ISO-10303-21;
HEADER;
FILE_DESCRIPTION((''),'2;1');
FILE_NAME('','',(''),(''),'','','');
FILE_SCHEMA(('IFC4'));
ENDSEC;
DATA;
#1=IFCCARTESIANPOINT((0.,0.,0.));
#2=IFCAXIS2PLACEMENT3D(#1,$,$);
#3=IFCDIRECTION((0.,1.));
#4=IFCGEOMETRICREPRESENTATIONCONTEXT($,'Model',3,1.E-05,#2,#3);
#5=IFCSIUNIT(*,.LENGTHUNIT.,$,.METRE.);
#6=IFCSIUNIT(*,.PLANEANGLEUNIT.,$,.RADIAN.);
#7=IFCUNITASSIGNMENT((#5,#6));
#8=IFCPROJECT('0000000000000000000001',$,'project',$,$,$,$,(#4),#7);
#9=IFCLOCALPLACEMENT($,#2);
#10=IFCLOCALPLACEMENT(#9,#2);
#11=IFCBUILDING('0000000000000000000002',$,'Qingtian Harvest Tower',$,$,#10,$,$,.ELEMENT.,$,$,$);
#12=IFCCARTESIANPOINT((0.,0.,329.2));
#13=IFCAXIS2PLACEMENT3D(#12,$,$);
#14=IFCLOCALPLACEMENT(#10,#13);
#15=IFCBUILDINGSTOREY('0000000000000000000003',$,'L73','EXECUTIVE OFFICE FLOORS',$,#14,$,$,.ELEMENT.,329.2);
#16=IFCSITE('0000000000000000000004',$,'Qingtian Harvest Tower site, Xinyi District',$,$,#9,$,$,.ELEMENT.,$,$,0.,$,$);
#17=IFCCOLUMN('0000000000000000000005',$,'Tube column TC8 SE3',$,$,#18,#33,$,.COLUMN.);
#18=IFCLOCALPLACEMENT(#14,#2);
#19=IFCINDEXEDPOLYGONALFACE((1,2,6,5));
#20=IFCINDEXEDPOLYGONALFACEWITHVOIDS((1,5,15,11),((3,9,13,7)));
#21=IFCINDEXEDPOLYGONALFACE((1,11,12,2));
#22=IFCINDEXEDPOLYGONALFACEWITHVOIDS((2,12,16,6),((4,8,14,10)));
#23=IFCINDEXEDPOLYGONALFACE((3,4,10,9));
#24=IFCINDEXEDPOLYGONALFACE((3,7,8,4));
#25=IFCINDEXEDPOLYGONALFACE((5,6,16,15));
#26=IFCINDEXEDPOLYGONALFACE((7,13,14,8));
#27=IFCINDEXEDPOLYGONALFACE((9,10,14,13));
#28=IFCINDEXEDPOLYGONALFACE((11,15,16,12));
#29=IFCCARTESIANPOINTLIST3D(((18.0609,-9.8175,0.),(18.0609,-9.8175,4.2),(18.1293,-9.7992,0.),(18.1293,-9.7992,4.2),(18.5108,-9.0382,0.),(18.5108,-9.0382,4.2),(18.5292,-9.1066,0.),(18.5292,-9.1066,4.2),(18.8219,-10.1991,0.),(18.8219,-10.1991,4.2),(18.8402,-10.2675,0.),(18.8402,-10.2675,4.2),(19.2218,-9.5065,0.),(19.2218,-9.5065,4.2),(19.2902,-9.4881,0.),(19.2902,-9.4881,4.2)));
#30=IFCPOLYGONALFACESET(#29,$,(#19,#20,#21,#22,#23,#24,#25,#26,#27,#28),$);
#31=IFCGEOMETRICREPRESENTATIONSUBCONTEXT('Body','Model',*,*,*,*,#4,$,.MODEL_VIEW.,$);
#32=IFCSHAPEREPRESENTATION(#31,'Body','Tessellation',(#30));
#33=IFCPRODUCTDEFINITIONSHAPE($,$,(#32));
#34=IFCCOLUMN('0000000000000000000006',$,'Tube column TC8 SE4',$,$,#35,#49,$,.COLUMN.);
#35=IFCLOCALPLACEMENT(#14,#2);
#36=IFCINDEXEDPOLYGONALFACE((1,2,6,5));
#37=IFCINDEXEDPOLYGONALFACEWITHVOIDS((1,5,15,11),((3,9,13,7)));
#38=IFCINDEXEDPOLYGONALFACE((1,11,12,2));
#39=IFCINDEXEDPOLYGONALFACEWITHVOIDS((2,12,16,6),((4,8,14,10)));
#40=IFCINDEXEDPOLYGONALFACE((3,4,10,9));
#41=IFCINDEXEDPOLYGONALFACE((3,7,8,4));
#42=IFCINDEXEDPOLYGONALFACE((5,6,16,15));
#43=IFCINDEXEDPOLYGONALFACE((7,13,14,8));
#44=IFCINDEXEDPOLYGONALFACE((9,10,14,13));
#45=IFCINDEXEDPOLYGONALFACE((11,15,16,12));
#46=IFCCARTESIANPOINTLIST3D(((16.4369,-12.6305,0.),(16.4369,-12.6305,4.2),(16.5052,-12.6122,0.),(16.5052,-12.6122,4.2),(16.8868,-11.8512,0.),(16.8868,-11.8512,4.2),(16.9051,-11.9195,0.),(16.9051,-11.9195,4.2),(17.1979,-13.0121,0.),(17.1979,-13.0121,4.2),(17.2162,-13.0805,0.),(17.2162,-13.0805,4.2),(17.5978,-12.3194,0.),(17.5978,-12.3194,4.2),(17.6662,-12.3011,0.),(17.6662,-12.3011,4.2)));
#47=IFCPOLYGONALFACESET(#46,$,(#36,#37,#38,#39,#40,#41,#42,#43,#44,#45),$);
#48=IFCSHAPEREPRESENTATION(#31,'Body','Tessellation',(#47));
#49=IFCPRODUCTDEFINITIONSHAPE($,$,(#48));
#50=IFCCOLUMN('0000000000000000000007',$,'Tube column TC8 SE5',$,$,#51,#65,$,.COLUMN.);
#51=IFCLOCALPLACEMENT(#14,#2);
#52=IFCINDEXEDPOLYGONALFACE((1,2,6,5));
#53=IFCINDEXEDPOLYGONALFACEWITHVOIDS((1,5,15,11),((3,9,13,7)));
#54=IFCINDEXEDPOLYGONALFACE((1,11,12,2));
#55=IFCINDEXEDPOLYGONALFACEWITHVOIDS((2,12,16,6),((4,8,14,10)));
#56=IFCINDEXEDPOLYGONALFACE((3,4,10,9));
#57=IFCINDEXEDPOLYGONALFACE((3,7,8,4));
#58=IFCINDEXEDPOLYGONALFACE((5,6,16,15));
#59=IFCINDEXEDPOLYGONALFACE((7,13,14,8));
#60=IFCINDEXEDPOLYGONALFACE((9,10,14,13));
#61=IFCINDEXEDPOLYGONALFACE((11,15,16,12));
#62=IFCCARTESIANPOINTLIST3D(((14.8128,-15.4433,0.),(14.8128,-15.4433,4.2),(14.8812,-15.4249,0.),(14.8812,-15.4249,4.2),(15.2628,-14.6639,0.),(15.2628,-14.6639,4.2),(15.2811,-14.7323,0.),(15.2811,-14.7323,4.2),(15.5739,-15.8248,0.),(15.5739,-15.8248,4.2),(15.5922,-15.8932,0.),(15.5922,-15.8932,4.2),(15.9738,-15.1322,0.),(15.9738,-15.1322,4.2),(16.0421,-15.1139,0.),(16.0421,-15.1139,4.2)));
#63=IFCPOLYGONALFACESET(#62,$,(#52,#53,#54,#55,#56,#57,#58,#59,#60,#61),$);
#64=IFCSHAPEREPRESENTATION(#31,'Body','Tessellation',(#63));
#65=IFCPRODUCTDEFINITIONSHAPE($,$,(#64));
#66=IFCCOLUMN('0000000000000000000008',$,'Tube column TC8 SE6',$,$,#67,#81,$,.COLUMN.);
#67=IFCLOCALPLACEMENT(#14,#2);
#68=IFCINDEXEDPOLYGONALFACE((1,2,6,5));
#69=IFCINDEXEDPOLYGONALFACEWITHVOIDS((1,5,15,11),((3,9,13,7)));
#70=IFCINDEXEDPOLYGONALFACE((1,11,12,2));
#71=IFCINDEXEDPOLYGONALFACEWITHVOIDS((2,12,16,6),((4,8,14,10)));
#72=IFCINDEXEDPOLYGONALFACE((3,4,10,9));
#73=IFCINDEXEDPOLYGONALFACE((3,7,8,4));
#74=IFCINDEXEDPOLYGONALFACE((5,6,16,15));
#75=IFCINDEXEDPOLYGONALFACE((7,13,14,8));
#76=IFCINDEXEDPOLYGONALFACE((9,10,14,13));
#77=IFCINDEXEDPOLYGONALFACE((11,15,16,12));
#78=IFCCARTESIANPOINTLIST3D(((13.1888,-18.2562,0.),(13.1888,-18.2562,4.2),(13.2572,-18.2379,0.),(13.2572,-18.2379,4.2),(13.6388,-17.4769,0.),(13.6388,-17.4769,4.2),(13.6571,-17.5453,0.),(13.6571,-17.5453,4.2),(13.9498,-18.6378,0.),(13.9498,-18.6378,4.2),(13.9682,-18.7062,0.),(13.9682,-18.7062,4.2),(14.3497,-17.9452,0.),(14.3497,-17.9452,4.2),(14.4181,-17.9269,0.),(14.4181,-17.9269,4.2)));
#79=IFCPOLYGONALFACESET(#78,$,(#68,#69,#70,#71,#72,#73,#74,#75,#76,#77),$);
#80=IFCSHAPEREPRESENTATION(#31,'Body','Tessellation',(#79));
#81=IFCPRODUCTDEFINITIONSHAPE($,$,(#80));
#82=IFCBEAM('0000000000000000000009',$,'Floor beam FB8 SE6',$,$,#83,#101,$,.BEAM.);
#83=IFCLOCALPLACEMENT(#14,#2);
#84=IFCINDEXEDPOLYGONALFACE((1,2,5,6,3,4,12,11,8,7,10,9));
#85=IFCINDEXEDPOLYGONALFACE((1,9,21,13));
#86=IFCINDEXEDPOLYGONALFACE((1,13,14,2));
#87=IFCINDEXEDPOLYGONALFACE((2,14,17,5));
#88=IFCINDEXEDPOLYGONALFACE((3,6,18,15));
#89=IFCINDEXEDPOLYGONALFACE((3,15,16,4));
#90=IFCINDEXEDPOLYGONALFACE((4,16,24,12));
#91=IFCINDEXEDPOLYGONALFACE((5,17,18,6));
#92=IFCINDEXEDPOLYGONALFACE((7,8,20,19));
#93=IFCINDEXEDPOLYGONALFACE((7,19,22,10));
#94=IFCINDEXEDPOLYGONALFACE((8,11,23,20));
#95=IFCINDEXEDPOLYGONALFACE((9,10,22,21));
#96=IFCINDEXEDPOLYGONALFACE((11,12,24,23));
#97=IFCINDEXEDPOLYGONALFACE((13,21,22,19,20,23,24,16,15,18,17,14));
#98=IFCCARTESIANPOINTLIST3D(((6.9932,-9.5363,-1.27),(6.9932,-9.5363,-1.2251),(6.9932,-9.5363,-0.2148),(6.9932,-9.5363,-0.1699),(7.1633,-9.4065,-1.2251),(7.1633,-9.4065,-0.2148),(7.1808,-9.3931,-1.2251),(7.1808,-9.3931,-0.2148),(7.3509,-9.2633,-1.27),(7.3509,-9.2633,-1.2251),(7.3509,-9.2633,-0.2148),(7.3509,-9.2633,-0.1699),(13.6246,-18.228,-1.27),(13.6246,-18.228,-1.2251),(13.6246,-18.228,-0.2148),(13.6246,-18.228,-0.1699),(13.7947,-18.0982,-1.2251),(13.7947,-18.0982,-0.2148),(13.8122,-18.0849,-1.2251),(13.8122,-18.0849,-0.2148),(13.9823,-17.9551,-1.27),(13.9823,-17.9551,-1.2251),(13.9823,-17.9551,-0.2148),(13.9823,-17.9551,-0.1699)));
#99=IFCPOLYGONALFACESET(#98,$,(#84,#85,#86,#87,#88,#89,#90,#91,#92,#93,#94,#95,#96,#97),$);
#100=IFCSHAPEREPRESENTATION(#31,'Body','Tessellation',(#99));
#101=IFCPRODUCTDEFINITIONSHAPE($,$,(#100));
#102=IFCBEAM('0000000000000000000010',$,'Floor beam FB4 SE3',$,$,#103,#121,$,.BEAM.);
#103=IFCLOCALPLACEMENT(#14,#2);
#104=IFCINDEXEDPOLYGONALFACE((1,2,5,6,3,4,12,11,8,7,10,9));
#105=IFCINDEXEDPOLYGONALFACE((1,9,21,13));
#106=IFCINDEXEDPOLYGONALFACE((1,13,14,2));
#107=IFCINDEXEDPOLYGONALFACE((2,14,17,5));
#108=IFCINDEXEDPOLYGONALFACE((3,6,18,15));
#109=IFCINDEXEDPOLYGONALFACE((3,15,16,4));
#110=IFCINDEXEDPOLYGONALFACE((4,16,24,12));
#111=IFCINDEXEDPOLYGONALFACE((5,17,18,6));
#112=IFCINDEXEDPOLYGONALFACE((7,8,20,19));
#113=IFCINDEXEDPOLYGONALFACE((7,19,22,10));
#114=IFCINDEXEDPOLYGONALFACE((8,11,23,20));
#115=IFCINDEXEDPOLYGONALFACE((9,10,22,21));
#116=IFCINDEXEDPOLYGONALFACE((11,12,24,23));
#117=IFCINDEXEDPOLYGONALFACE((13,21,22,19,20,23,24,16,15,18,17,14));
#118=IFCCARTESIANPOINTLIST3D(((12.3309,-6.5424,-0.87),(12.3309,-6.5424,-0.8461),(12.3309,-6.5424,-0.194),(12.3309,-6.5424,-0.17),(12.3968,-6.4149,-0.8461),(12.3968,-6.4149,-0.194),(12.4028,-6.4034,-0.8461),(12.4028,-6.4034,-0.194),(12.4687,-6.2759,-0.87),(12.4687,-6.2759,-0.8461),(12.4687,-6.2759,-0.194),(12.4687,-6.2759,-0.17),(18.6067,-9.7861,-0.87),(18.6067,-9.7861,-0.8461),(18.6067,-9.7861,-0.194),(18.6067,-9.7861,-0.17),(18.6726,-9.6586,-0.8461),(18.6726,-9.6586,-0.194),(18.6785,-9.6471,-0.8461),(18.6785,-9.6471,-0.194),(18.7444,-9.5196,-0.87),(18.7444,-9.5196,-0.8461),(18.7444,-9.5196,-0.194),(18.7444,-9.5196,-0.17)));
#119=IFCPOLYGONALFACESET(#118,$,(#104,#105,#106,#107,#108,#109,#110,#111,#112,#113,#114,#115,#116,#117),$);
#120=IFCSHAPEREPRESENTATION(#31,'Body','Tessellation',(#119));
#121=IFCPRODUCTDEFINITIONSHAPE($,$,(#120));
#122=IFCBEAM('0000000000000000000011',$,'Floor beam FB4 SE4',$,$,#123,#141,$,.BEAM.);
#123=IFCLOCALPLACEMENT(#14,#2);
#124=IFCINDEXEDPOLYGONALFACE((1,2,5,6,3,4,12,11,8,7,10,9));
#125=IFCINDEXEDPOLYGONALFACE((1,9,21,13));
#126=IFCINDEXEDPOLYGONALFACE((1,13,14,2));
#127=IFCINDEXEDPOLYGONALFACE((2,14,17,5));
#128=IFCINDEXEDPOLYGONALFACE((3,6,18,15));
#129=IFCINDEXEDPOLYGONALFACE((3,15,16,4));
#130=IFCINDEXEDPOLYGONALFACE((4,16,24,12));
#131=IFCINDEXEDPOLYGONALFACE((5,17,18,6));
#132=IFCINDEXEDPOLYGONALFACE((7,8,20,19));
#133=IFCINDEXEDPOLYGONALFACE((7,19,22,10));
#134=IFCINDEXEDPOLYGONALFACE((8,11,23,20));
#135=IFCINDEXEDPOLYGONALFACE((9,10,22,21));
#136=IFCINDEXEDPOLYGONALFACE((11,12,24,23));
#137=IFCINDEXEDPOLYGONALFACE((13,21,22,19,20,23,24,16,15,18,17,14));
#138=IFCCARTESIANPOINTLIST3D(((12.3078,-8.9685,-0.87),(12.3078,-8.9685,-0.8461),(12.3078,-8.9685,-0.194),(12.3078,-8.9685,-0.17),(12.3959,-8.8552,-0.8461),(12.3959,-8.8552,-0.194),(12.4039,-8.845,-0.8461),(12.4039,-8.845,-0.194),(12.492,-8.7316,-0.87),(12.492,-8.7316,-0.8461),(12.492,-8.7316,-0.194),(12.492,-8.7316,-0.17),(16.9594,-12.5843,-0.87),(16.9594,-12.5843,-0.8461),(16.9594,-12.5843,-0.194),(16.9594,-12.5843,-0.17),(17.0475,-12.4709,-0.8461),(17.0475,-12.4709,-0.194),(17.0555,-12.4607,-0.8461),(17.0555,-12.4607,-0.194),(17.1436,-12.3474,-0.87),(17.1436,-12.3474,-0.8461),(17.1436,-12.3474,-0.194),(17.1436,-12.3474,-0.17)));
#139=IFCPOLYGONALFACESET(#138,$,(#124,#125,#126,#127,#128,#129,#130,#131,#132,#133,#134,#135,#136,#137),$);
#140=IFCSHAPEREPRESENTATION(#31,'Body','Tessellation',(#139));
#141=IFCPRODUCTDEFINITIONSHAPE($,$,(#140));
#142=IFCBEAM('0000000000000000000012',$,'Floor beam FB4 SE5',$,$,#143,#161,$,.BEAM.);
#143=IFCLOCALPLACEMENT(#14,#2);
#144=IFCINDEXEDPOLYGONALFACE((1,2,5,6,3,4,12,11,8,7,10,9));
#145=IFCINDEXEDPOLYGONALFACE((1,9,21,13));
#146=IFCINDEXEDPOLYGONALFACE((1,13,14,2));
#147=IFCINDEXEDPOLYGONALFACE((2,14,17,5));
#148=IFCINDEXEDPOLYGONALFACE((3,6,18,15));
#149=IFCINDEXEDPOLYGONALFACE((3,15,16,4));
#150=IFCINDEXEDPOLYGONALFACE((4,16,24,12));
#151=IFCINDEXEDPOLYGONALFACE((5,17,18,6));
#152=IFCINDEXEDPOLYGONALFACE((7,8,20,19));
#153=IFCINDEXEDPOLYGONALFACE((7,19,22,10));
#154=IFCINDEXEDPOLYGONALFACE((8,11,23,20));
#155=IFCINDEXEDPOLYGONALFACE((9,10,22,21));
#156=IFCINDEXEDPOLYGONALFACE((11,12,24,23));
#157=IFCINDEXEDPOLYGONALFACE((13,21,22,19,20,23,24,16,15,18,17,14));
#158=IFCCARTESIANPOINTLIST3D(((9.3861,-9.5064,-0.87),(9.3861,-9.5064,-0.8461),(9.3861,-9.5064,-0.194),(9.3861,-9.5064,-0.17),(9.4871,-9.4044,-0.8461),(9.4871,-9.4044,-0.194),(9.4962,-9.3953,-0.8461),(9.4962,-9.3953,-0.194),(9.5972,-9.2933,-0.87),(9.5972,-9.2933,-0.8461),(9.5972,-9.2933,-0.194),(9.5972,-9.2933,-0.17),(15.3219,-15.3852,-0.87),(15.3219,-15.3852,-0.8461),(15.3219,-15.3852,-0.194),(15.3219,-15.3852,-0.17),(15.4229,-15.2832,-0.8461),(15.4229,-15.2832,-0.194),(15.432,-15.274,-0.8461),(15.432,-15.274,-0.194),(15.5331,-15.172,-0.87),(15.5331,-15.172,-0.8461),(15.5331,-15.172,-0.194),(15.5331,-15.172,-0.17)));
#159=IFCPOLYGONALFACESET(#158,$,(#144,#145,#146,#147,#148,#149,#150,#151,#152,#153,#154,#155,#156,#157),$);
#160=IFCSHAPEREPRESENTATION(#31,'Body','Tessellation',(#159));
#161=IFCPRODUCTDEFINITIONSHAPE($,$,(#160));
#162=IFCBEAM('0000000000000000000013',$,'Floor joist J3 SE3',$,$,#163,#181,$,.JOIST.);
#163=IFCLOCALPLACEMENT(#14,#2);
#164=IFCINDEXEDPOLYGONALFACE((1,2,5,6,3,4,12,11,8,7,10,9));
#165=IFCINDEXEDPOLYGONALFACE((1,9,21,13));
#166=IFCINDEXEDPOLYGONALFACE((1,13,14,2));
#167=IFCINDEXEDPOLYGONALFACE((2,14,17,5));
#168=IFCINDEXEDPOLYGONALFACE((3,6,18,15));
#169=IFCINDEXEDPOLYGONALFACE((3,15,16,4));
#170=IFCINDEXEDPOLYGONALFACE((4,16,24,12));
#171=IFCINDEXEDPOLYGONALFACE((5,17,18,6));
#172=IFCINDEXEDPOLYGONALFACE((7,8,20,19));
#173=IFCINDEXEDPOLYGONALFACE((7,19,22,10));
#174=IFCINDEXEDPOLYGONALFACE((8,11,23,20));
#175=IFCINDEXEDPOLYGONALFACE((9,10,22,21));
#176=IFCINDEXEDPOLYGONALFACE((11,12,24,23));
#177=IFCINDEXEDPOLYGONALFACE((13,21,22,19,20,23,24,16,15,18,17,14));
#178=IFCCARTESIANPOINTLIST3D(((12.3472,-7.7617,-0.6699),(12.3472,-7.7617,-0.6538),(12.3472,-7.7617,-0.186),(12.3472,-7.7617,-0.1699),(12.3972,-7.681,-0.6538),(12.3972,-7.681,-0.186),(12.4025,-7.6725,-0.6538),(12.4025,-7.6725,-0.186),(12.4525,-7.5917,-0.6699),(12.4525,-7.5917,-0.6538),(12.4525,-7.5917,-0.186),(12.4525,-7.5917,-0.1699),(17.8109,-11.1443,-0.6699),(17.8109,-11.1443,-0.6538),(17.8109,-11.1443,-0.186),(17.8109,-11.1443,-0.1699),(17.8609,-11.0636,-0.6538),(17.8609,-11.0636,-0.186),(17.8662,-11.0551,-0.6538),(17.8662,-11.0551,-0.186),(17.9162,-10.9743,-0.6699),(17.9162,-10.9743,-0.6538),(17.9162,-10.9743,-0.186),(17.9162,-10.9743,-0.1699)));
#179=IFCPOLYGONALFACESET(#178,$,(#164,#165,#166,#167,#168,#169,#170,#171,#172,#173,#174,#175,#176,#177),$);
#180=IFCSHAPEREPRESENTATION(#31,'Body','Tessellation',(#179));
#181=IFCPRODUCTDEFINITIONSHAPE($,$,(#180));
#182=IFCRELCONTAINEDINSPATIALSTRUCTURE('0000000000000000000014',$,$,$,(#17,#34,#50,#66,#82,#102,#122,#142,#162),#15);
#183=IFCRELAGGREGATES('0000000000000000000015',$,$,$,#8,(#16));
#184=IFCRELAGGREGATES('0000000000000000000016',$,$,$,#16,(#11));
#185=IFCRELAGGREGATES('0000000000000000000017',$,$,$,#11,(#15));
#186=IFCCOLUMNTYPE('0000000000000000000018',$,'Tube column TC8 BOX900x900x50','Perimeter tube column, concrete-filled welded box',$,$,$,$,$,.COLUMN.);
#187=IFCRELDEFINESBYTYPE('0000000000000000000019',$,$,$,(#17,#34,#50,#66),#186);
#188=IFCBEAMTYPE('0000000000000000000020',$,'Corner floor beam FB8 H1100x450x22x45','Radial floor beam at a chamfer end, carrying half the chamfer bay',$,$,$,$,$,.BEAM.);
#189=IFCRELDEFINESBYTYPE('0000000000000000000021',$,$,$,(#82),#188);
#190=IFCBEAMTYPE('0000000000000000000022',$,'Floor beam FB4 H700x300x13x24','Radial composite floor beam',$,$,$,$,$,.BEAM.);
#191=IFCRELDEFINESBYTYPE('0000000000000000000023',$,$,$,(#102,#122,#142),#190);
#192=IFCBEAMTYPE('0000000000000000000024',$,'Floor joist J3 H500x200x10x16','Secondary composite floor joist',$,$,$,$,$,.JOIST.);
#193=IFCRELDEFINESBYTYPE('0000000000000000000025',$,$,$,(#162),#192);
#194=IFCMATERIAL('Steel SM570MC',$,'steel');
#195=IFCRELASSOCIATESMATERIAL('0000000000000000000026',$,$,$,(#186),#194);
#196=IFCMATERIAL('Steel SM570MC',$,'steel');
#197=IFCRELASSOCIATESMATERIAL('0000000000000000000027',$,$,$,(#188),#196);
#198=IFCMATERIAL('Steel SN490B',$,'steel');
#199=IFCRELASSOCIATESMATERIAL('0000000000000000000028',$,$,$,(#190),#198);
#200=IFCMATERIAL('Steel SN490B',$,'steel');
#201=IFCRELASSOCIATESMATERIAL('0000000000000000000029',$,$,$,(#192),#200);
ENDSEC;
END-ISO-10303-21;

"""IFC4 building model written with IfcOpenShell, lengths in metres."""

from ifc_helpers import new_model, si_unit, direction, frame, origin, origin_2d, place, context, subcontext, project, spatial, hollow_rectangle, i_section, extrude, material, material_profile, profile_set, type_object, element, save


model = new_model("IFC4")

# Units and contexts
model_context = context("Model", 3, precision=1e-05, world=origin(), true_north=direction((0.0, 1.0)))
body_context = subcontext(model_context, "Body", "Model", "MODEL_VIEW")
ifc_project = project(units=[si_unit("LENGTHUNIT", "METRE"), si_unit("PLANEANGLEUNIT", "RADIAN")], contexts=[model_context])

# Site, building, storey
site_placement = place(None, origin())
site = spatial("IfcSite", under=ifc_project, at=site_placement, Name="Qingtian Harvest Tower site, Xinyi District", CompositionType="ELEMENT", RefElevation=0.0)
building_placement = place(site_placement, origin())
building = spatial("IfcBuilding", under=site, at=building_placement, Name="Qingtian Harvest Tower", CompositionType="ELEMENT")
storey_placement = place(building_placement, frame((0.0, 0.0, 329.2)))
storey = spatial("IfcBuildingStorey", under=building, at=storey_placement, Name="L73", Description="EXECUTIVE OFFICE FLOORS", CompositionType="ELEMENT", Elevation=329.2)

# Columns
ifc_material_1 = material(Name="Steel SM570MC", Category="steel")
ifc_material_profile_1 = material_profile(ifc_material_1, hollow_rectangle(XDim=0.8999, YDim=0.8999, WallThickness=0.05, at=origin_2d()), Name="BOX900x900x50")
ifc_profile_set_1 = profile_set([ifc_material_profile_1], Name="Steel SM570MC")
column_type = type_object("IfcColumnType", Name="Tube column TC8 BOX900x900x50", Description="Perimeter tube column, concrete-filled welded box", PredefinedType="COLUMN", material=ifc_profile_set_1)
for number, where, z_axis, x_axis, name in (
    (1, (18.6755, -9.6528, 0.0), (0.0, 0.0, 1.0), (0.5, 0.866025, 0.0), "Tube column TC8 SE3"),
    (2, (17.0515, -12.4658, 0.0), (0.0, 0.0, 1.0), (0.5, 0.866025, 0.0), "Tube column TC8 SE4"),
    (3, (15.4275, -15.2786, 0.0), (0.0, 0.0, 1.0), (0.5, 0.866025, 0.0), "Tube column TC8 SE5"),
    (4, (13.8035, -18.0916, 0.0), (0.0, 0.0, 1.0), (0.5, 0.866025, 0.0), "Tube column TC8 SE6"),
):
    element("IfcColumn", number, at=place(storey_placement, frame(where, z_axis=z_axis, x_axis=x_axis)), inside=storey, type_object=column_type, Name=name, PredefinedType="COLUMN", context=body_context, shape_type="SweptSolid", body=[
        extrude(hollow_rectangle(XDim=0.8999, YDim=0.8999, WallThickness=0.05, at=origin_2d()), origin(), (0.0, 0.0, 1.0), 4.2),
    ])

# Beams
ifc_material_2 = material(Name="Steel SM570MC", Category="steel")
ifc_material_profile_2 = material_profile(ifc_material_2, i_section(OverallWidth=0.45, OverallDepth=1.1001, WebThickness=0.022, FlangeThickness=0.0449, at=origin_2d()), Name="H1100x450x22x45")
ifc_profile_set_2 = profile_set([ifc_material_profile_2], Name="Steel SM570MC")
beam_type_1 = type_object("IfcBeamType", Name="Corner floor beam FB8 H1100x450x22x45", Description="Radial floor beam at a chamfer end, carrying half the chamfer bay", PredefinedType="BEAM", material=ifc_profile_set_2)
beam_1_placement = place(storey_placement, frame((13.8035, -18.0916, -0.72), z_axis=(-0.606572, 0.795029, 0.0), x_axis=(-0.795029, -0.606572, 0.0)))
element("IfcBeam", 5, at=beam_1_placement, inside=storey, type_object=beam_type_1, Name="Floor beam FB8 SE6", PredefinedType="BEAM", context=body_context, shape_type="SweptSolid", body=[
    extrude(i_section(OverallWidth=0.45, OverallDepth=1.1001, WebThickness=0.022, FlangeThickness=0.0449, at=origin_2d()), origin(), (0.0, 0.0, 1.0), 10.9326),
])
ifc_material_3 = material(Name="Steel SN490B", Category="steel")
ifc_material_profile_3 = material_profile(ifc_material_3, i_section(OverallWidth=0.3, OverallDepth=0.7, WebThickness=0.0129, FlangeThickness=0.0239, at=origin_2d()), Name="H700x300x13x24")
ifc_profile_set_3 = profile_set([ifc_material_profile_3], Name="Steel SN490B")
beam_type_2 = type_object("IfcBeamType", Name="Floor beam FB4 H700x300x13x24", Description="Radial composite floor beam", PredefinedType="BEAM", material=ifc_profile_set_3)
beam_2_placement = place(storey_placement, frame((18.6755, -9.6528, -0.52), z_axis=(-0.888354, 0.459159, 0.0), x_axis=(-0.459159, -0.888354, 0.0)))
element("IfcBeam", 6, at=beam_2_placement, inside=storey, type_object=beam_type_2, Name="Floor beam FB4 SE3", PredefinedType="BEAM", context=body_context, shape_type="SweptSolid", body=[
    extrude(i_section(OverallWidth=0.3, OverallDepth=0.7, WebThickness=0.0129, FlangeThickness=0.0239, at=origin_2d()), origin(), (0.0, 0.0, 1.0), 7.0645),
])
beam_3_placement = place(storey_placement, frame((17.0515, -12.4658, -0.52), z_axis=(-0.789533, 0.613708, 0.0), x_axis=(-0.613708, -0.789533, 0.0)))
element("IfcBeam", 7, at=beam_3_placement, inside=storey, type_object=beam_type_2, Name="Floor beam FB4 SE4", PredefinedType="BEAM", context=body_context, shape_type="SweptSolid", body=[
    extrude(i_section(OverallWidth=0.3, OverallDepth=0.7, WebThickness=0.0129, FlangeThickness=0.0239, at=origin_2d()), origin(), (0.0, 0.0, 1.0), 5.8916),
])
beam_4_placement = place(storey_placement, frame((15.4275, -15.2786, -0.52), z_axis=(-0.710518, 0.703679, 0.0), x_axis=(-0.703679, -0.710518, 0.0)))
element("IfcBeam", 8, at=beam_4_placement, inside=storey, type_object=beam_type_2, Name="Floor beam FB4 SE5", PredefinedType="BEAM", context=body_context, shape_type="SweptSolid", body=[
    extrude(i_section(OverallWidth=0.3, OverallDepth=0.7, WebThickness=0.0129, FlangeThickness=0.0239, at=origin_2d()), origin(), (0.0, 0.0, 1.0), 8.3542),
])
ifc_material_4 = material(Name="Steel SN490B", Category="steel")
ifc_material_profile_4 = material_profile(ifc_material_4, i_section(OverallWidth=0.2, OverallDepth=0.5, WebThickness=0.01, FlangeThickness=0.0161, at=origin_2d()), Name="H500x200x10x16")
ifc_profile_set_4 = profile_set([ifc_material_profile_4], Name="Steel SN490B")
beam_type_3 = type_object("IfcBeamType", Name="Floor joist J3 H500x200x10x16", Description="Secondary composite floor joist", PredefinedType="JOIST", material=ifc_profile_set_4)
beam_5_placement = place(storey_placement, frame((17.8635, -11.0593, -0.4199), z_axis=(-0.850242, 0.526391, 0.0), x_axis=(-0.526391, -0.850242, 0.0)))
element("IfcBeam", 9, at=beam_5_placement, inside=storey, type_object=beam_type_3, Name="Floor joist J3 SE3", PredefinedType="JOIST", context=body_context, shape_type="SweptSolid", body=[
    extrude(i_section(OverallWidth=0.2, OverallDepth=0.5, WebThickness=0.01, FlangeThickness=0.0161, at=origin_2d()), origin(), (0.0, 0.0, 1.0), 6.426),
])

save(model, "model.ifc")
